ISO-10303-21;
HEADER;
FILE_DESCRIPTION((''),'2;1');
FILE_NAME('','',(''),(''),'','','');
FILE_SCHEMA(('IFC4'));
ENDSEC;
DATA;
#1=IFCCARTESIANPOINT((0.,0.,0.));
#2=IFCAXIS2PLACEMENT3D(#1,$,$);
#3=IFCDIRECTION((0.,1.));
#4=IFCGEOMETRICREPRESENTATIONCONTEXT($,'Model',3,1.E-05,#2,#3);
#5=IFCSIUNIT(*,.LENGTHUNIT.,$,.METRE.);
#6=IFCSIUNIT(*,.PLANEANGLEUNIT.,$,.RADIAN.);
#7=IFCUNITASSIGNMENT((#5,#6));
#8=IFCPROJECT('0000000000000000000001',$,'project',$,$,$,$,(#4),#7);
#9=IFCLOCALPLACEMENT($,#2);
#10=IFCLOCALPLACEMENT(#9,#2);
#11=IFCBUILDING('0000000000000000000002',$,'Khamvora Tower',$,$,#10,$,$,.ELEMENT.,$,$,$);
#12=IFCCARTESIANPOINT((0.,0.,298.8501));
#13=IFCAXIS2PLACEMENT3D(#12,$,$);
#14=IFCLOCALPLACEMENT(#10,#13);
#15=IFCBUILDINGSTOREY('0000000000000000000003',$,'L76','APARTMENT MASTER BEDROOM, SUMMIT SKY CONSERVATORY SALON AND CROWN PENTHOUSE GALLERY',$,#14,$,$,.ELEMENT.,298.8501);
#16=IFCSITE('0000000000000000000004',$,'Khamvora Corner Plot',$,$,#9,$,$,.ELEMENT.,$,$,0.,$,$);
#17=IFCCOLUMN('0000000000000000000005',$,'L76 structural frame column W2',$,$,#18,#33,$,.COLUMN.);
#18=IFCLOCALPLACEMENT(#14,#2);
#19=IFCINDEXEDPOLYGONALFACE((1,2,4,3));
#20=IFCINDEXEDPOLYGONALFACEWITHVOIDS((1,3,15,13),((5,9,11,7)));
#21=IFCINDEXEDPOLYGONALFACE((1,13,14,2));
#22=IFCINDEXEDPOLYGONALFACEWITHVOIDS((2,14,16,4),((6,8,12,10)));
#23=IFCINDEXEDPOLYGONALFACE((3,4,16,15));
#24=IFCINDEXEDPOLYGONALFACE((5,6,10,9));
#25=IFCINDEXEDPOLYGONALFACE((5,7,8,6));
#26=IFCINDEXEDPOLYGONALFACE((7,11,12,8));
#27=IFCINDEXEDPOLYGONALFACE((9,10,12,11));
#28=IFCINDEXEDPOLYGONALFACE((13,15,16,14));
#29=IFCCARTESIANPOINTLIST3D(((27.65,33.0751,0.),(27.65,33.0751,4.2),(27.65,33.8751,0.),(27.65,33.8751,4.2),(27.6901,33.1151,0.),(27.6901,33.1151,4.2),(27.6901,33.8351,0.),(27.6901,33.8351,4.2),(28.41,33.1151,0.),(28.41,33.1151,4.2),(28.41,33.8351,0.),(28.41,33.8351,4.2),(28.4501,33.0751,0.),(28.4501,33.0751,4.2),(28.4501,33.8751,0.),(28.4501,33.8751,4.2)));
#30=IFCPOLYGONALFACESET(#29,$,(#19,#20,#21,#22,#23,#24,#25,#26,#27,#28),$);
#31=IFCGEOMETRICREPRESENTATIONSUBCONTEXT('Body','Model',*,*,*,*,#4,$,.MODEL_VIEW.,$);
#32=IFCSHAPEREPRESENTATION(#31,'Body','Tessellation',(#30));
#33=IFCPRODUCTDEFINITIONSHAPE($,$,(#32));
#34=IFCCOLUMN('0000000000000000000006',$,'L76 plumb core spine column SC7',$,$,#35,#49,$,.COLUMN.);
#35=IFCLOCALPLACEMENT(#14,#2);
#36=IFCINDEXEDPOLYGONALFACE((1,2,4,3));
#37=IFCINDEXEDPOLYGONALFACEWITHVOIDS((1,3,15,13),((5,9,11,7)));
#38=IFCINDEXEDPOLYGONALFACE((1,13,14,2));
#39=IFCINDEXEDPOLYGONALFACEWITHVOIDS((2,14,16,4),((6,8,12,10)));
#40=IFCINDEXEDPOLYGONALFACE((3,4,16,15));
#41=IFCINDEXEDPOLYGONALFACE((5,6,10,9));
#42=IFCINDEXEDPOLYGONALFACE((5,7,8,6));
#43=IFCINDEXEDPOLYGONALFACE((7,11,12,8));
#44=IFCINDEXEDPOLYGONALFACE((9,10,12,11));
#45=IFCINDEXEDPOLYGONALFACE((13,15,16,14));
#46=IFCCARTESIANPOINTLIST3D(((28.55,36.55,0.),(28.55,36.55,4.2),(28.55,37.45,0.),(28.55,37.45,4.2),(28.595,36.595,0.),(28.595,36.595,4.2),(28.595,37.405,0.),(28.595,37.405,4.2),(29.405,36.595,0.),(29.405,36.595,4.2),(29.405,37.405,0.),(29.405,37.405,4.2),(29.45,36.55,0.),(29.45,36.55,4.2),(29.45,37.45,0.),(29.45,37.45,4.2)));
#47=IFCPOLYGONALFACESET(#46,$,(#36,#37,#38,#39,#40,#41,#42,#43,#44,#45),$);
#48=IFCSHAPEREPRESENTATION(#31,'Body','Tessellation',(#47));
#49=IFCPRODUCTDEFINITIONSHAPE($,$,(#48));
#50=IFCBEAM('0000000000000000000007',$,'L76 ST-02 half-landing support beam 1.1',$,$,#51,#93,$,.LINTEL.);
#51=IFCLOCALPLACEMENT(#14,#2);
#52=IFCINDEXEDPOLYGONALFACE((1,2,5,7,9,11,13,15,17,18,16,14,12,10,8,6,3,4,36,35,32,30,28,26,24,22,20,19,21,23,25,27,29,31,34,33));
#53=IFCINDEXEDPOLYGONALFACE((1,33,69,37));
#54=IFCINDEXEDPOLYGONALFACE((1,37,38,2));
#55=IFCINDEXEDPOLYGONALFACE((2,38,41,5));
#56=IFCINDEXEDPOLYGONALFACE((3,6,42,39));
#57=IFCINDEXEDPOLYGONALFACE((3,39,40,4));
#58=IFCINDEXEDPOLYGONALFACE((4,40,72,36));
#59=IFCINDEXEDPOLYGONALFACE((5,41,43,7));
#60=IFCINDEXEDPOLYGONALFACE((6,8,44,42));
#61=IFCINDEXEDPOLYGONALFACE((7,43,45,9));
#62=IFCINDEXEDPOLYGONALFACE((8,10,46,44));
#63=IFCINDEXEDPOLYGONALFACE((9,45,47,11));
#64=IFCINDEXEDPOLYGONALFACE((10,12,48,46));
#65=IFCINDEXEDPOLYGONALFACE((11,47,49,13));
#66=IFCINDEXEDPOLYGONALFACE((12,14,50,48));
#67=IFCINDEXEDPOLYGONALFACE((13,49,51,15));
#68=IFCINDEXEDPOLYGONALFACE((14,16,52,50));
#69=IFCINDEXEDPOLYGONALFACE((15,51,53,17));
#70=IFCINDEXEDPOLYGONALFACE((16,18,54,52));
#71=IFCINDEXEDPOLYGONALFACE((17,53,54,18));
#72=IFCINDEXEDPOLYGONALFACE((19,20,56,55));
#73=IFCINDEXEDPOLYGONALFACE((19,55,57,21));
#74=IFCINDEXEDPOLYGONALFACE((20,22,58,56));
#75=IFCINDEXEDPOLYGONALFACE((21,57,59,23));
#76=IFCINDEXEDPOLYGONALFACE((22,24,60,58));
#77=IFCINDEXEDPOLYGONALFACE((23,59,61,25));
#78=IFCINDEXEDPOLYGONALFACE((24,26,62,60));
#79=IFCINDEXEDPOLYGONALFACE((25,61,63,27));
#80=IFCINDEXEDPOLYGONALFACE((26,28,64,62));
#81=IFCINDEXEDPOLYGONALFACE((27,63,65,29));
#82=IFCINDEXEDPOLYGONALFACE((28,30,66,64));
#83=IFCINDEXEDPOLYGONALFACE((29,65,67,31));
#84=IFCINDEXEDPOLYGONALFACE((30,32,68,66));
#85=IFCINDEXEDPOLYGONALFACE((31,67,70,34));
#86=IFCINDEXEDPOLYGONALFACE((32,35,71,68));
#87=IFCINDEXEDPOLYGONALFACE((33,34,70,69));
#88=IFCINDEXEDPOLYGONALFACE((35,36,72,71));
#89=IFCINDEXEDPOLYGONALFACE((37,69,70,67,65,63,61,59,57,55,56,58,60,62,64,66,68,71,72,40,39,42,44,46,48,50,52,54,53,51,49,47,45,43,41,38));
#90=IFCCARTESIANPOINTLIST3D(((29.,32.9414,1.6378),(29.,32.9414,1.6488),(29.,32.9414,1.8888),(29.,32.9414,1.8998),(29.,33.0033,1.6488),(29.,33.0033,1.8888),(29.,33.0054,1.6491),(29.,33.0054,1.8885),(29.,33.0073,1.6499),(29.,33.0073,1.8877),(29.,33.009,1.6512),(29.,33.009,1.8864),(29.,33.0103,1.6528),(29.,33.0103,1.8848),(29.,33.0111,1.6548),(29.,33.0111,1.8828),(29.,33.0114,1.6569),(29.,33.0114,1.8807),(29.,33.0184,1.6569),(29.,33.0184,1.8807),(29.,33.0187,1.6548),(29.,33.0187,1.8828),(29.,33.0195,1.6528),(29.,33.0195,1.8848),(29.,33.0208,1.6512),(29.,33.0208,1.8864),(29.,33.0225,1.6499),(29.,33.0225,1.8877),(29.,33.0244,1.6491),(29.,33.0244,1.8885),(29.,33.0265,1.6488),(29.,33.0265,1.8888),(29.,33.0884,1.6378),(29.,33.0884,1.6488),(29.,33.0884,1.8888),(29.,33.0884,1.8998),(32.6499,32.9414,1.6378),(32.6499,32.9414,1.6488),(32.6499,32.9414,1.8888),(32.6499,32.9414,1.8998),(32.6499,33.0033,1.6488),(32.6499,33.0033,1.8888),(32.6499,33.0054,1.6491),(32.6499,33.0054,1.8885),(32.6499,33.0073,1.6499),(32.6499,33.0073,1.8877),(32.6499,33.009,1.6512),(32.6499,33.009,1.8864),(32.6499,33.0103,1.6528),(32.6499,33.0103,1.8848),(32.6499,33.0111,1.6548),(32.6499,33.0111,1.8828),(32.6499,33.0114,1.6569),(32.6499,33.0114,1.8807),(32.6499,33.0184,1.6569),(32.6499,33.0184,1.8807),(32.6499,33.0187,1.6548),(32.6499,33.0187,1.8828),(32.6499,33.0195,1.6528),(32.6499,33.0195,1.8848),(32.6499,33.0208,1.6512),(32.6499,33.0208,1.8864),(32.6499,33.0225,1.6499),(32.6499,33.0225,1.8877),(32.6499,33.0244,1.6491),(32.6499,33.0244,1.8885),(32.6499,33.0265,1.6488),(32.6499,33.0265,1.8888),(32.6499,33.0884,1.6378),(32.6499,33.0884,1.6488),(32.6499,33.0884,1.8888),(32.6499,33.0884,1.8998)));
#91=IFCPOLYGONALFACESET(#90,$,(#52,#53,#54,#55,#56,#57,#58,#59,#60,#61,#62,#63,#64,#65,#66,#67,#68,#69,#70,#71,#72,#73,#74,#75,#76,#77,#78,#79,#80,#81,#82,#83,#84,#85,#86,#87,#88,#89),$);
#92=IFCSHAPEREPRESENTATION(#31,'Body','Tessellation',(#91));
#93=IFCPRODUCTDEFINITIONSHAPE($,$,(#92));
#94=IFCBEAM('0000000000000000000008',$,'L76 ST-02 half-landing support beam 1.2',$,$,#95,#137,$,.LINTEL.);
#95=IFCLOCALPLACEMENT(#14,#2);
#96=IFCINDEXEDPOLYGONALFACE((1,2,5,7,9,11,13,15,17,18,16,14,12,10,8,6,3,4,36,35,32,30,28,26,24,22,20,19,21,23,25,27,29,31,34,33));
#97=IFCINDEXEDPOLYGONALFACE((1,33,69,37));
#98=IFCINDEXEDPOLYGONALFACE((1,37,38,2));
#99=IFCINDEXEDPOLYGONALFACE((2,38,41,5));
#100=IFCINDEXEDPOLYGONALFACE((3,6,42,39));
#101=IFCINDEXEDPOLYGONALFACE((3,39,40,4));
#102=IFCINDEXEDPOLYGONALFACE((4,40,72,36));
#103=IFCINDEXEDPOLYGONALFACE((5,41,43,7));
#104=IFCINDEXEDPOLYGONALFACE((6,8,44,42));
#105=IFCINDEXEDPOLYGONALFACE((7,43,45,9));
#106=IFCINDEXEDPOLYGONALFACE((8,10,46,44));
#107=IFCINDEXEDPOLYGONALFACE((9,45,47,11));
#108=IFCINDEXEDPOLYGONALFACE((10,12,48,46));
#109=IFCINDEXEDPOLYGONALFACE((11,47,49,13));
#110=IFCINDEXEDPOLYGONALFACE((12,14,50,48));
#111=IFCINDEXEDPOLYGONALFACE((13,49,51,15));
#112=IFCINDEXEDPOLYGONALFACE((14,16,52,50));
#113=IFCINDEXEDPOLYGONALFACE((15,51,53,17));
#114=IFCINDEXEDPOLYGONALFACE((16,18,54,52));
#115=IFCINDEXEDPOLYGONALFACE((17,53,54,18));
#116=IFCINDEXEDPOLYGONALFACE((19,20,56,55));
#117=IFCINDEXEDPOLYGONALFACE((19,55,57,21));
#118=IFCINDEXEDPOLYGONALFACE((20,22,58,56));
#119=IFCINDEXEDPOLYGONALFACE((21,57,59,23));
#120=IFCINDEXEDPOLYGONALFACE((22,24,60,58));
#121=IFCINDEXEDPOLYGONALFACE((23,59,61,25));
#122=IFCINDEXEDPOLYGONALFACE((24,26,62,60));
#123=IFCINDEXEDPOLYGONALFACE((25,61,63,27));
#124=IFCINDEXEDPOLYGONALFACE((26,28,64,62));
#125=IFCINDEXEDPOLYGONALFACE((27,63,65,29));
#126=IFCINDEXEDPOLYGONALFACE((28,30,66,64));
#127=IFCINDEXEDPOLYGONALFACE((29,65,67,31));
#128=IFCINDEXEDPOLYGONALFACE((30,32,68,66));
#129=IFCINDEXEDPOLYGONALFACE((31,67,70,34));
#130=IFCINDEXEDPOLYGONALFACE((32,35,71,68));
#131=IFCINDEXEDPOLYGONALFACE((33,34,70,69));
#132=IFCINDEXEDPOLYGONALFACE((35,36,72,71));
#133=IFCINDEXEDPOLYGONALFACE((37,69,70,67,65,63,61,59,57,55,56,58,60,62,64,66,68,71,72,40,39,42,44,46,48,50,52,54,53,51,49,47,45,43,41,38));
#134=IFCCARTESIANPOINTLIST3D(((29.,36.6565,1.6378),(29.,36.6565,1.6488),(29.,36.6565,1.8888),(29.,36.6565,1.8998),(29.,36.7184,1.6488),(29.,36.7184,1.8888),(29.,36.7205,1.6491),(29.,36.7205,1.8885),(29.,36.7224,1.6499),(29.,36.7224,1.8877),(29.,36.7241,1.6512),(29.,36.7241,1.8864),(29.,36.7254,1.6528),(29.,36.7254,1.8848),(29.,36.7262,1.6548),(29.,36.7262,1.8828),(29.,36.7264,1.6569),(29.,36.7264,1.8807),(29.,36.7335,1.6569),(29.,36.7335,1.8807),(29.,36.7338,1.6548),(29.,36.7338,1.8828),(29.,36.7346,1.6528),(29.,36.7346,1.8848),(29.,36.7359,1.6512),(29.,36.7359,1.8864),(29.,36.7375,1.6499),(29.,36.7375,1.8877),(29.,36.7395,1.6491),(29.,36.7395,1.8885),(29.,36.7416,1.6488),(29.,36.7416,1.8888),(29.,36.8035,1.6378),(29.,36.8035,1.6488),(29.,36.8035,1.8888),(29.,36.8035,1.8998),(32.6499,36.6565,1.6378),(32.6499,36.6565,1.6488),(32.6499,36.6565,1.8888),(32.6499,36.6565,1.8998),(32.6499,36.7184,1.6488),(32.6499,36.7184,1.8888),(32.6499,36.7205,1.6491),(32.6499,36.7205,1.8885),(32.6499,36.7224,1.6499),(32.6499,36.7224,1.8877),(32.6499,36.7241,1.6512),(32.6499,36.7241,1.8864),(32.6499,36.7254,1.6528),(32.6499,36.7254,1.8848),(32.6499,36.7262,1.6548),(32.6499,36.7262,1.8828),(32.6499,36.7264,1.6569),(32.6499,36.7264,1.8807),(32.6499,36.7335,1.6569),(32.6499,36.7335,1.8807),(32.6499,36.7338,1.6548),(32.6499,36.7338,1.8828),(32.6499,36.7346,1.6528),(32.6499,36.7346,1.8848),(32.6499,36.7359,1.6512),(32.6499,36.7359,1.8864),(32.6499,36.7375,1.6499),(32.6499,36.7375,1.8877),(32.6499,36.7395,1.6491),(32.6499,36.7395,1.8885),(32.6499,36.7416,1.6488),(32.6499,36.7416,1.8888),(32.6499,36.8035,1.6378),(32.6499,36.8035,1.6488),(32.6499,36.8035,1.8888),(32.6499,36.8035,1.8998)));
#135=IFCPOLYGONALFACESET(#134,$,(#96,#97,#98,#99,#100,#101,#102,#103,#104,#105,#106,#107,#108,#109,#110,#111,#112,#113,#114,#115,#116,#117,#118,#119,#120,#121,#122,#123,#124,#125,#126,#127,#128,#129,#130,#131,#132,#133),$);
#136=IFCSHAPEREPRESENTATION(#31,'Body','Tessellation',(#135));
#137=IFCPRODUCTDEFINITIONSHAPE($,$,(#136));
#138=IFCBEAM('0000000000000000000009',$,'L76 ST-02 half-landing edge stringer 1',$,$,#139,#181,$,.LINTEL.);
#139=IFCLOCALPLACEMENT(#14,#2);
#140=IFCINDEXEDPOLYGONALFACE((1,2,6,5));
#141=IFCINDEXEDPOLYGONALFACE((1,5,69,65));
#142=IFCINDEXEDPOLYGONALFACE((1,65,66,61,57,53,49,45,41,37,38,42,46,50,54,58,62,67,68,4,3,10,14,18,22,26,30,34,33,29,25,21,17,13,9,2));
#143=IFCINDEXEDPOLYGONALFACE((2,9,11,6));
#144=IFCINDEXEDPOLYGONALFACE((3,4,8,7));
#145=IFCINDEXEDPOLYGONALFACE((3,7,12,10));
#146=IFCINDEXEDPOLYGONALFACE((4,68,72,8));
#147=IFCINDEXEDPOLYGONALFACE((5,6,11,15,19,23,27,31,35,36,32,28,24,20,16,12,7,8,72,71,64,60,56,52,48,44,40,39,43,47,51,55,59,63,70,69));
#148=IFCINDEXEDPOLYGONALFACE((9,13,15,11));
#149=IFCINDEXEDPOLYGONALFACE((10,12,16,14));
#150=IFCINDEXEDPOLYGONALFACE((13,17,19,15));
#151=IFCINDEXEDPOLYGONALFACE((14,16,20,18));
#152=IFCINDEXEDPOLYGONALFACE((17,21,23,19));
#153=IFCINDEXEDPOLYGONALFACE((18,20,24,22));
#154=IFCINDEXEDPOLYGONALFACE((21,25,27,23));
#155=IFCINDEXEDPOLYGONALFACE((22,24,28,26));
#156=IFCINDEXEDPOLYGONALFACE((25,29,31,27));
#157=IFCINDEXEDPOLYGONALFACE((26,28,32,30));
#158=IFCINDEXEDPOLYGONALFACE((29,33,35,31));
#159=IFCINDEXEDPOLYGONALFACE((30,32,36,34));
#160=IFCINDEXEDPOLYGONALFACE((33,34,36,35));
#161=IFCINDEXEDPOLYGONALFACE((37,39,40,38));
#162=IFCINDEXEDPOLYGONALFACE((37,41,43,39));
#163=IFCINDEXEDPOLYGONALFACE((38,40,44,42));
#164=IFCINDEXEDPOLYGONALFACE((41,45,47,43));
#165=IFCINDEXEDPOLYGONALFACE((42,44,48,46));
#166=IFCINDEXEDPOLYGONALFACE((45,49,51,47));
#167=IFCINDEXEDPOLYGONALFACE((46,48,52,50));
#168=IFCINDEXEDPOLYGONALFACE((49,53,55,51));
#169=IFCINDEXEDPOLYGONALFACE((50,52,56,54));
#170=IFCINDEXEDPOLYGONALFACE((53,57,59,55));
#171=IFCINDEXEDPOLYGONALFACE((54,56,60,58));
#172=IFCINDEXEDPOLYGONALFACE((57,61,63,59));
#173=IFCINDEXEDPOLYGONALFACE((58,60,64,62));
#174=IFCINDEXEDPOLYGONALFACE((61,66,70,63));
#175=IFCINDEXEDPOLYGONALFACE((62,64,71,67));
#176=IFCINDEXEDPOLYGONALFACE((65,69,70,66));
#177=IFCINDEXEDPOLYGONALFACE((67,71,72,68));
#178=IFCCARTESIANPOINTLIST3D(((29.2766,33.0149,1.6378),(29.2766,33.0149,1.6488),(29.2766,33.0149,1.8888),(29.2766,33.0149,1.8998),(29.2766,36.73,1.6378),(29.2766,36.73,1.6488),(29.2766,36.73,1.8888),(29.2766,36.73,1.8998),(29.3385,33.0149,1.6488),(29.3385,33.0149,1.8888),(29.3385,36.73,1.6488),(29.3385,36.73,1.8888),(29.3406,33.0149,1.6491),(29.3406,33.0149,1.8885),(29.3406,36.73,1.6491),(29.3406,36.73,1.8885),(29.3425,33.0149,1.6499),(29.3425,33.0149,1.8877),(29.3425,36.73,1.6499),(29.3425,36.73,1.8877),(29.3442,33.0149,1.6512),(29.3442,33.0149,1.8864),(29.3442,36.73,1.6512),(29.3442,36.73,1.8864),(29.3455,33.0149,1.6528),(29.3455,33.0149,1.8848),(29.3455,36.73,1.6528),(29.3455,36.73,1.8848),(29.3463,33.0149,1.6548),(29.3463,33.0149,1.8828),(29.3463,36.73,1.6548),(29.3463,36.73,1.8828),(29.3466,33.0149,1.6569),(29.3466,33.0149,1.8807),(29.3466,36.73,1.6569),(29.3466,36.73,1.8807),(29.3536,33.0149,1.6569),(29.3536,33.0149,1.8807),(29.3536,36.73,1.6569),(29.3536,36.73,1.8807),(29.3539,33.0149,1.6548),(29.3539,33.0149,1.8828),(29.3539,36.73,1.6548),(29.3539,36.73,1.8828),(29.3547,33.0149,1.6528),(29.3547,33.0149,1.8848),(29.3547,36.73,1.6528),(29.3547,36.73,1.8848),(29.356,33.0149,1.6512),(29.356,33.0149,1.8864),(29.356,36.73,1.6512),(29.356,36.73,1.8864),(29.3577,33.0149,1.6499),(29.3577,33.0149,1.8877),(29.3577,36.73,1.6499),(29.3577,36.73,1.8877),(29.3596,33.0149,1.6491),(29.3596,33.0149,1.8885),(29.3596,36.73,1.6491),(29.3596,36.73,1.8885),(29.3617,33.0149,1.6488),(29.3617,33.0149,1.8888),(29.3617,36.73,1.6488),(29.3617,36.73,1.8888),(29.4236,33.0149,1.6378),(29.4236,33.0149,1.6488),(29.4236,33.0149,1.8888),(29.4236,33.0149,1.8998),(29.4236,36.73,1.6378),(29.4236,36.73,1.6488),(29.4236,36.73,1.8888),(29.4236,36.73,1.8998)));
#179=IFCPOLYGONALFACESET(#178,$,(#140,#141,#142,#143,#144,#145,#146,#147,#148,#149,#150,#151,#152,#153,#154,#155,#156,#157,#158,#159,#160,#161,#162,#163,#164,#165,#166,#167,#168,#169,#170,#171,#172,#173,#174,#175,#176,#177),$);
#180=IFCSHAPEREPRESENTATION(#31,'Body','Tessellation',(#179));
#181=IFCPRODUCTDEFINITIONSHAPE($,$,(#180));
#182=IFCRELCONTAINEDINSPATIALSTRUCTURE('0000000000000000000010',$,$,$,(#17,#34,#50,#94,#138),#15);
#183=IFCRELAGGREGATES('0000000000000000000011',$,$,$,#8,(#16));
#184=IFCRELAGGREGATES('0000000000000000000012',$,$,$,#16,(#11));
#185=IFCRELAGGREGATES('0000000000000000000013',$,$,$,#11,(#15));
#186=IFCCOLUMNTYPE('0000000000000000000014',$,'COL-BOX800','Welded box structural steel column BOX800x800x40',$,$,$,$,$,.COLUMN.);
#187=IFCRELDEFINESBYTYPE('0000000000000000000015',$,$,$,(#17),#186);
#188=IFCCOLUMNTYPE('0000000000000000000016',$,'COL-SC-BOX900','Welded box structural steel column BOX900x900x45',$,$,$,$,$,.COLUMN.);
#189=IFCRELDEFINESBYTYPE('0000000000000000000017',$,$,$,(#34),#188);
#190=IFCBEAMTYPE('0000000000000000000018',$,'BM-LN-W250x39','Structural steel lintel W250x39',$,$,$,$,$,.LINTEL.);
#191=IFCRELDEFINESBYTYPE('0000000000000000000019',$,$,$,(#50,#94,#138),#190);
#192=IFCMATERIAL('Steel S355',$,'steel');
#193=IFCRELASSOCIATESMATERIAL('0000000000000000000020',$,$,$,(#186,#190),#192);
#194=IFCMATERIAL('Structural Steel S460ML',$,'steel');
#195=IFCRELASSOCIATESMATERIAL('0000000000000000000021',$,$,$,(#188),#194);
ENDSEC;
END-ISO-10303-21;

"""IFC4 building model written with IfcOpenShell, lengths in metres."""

from ifc_helpers import new_model, si_unit, direction, frame, origin, origin_2d, place, context, subcontext, project, spatial, hollow_rectangle, i_section, extrude, material, material_profile, profile_set, type_object, element, save


model = new_model("IFC4")

# Units and contexts
model_context = context("Model", 3, precision=1e-05, world=origin(), true_north=direction((0.0, 1.0)))
body_context = subcontext(model_context, "Body", "Model", "MODEL_VIEW")
ifc_project = project(units=[si_unit("LENGTHUNIT", "METRE"), si_unit("PLANEANGLEUNIT", "RADIAN")], contexts=[model_context])

# Site, building, storey
site_placement = place(None, origin())
site = spatial("IfcSite", under=ifc_project, at=site_placement, Name="Khamvora Corner Plot", CompositionType="ELEMENT", RefElevation=0.0)
building_placement = place(site_placement, origin())
building = spatial("IfcBuilding", under=site, at=building_placement, Name="Khamvora Tower", CompositionType="ELEMENT")
storey_placement = place(building_placement, frame((0.0, 0.0, 298.8501)))
storey = spatial("IfcBuildingStorey", under=building, at=storey_placement, Name="L76", Description="APARTMENT MASTER BEDROOM, SUMMIT SKY CONSERVATORY SALON AND CROWN PENTHOUSE GALLERY", CompositionType="ELEMENT", Elevation=298.8501)

# Columns
ifc_material_1 = material(Name="Steel S355", Category="steel")
ifc_material_profile_1 = material_profile(ifc_material_1, hollow_rectangle(XDim=0.8, YDim=0.8, WallThickness=0.04, at=origin_2d()), Name="BOX800x800x40")
ifc_profile_set_1 = profile_set([ifc_material_profile_1], Name="Steel S355")
column_type_1 = type_object("IfcColumnType", Name="COL-BOX800", Description="Welded box structural steel column BOX800x800x40", PredefinedType="COLUMN", material=ifc_profile_set_1)
column_1_placement = place(storey_placement, frame((28.05, 33.4751, 0.0), z_axis=(0.0, 0.0, 1.0), x_axis=(1.0, 0.0, 0.0)))
element("IfcColumn", 1, at=column_1_placement, inside=storey, type_object=column_type_1, Name="L76 structural frame column W2", PredefinedType="COLUMN", context=body_context, shape_type="SweptSolid", body=[
    extrude(hollow_rectangle(XDim=0.8, YDim=0.8, WallThickness=0.04, at=origin_2d()), origin(), (0.0, 0.0, 1.0), 4.2),
])
ifc_material_2 = material(Name="Structural Steel S460ML", Category="steel")
ifc_material_profile_2 = material_profile(ifc_material_2, hollow_rectangle(XDim=0.8999, YDim=0.8999, WallThickness=0.0449, at=origin_2d()), Name="BOX900x900x45")
ifc_profile_set_2 = profile_set([ifc_material_profile_2], Name="Structural Steel S460ML")
column_type_2 = type_object("IfcColumnType", Name="COL-SC-BOX900", Description="Welded box structural steel column BOX900x900x45", PredefinedType="COLUMN", material=ifc_profile_set_2)
column_2_placement = place(storey_placement, frame((29.0, 37.0, 0.0), z_axis=(0.0, 0.0, 1.0), x_axis=(1.0, 0.0, 0.0)))
element("IfcColumn", 2, at=column_2_placement, inside=storey, type_object=column_type_2, Name="L76 plumb core spine column SC7", PredefinedType="COLUMN", context=body_context, shape_type="SweptSolid", body=[
    extrude(hollow_rectangle(XDim=0.8999, YDim=0.8999, WallThickness=0.0449, at=origin_2d()), origin(), (0.0, 0.0, 1.0), 4.2),
])

# Beams
ifc_material_profile_3 = material_profile(ifc_material_1, i_section(OverallWidth=0.147, OverallDepth=0.262, WebThickness=0.0071, FlangeThickness=0.011, FilletRadius=0.0081, at=origin_2d()), Name="W250x39")
ifc_profile_set_3 = profile_set([ifc_material_profile_3], Name="Steel S355")
beam_type_1 = type_object("IfcBeamType", Name="BM-LN-W250x39", Description="Structural steel lintel W250x39", PredefinedType="LINTEL", material=ifc_profile_set_3)
for number, where, z_axis, x_axis, name in (
    (3, (29.0, 33.0149, 1.7688), (1.0, 0.0, 0.0), (0.0, 1.0, 0.0), "L76 ST-02 half-landing support beam 1.1"),
    (4, (29.0, 36.73, 1.7688), (1.0, 0.0, 0.0), (0.0, 1.0, 0.0), "L76 ST-02 half-landing support beam 1.2"),
):
    element("IfcBeam", number, at=place(storey_placement, frame(where, z_axis=z_axis, x_axis=x_axis)), inside=storey, type_object=beam_type_1, Name=name, PredefinedType="LINTEL", context=body_context, shape_type="SweptSolid", body=[
        extrude(i_section(OverallWidth=0.147, OverallDepth=0.262, WebThickness=0.0071, FlangeThickness=0.011, FilletRadius=0.0081, at=origin_2d()), origin(), (0.0, 0.0, 1.0), 3.6499),
    ])
beam_1_placement = place(storey_placement, frame((29.3501, 33.0149, 1.7688), z_axis=(0.0, 1.0, 0.0), x_axis=(-1.0, 0.0, 0.0)))
element("IfcBeam", 5, at=beam_1_placement, inside=storey, type_object=beam_type_1, Name="L76 ST-02 half-landing edge stringer 1", PredefinedType="LINTEL", context=body_context, shape_type="SweptSolid", body=[
    extrude(i_section(OverallWidth=0.147, OverallDepth=0.262, WebThickness=0.0071, FlangeThickness=0.011, FilletRadius=0.0081, at=origin_2d()), origin(), (0.0, 0.0, 1.0), 3.7151),
])

save(model, "model.ifc")
